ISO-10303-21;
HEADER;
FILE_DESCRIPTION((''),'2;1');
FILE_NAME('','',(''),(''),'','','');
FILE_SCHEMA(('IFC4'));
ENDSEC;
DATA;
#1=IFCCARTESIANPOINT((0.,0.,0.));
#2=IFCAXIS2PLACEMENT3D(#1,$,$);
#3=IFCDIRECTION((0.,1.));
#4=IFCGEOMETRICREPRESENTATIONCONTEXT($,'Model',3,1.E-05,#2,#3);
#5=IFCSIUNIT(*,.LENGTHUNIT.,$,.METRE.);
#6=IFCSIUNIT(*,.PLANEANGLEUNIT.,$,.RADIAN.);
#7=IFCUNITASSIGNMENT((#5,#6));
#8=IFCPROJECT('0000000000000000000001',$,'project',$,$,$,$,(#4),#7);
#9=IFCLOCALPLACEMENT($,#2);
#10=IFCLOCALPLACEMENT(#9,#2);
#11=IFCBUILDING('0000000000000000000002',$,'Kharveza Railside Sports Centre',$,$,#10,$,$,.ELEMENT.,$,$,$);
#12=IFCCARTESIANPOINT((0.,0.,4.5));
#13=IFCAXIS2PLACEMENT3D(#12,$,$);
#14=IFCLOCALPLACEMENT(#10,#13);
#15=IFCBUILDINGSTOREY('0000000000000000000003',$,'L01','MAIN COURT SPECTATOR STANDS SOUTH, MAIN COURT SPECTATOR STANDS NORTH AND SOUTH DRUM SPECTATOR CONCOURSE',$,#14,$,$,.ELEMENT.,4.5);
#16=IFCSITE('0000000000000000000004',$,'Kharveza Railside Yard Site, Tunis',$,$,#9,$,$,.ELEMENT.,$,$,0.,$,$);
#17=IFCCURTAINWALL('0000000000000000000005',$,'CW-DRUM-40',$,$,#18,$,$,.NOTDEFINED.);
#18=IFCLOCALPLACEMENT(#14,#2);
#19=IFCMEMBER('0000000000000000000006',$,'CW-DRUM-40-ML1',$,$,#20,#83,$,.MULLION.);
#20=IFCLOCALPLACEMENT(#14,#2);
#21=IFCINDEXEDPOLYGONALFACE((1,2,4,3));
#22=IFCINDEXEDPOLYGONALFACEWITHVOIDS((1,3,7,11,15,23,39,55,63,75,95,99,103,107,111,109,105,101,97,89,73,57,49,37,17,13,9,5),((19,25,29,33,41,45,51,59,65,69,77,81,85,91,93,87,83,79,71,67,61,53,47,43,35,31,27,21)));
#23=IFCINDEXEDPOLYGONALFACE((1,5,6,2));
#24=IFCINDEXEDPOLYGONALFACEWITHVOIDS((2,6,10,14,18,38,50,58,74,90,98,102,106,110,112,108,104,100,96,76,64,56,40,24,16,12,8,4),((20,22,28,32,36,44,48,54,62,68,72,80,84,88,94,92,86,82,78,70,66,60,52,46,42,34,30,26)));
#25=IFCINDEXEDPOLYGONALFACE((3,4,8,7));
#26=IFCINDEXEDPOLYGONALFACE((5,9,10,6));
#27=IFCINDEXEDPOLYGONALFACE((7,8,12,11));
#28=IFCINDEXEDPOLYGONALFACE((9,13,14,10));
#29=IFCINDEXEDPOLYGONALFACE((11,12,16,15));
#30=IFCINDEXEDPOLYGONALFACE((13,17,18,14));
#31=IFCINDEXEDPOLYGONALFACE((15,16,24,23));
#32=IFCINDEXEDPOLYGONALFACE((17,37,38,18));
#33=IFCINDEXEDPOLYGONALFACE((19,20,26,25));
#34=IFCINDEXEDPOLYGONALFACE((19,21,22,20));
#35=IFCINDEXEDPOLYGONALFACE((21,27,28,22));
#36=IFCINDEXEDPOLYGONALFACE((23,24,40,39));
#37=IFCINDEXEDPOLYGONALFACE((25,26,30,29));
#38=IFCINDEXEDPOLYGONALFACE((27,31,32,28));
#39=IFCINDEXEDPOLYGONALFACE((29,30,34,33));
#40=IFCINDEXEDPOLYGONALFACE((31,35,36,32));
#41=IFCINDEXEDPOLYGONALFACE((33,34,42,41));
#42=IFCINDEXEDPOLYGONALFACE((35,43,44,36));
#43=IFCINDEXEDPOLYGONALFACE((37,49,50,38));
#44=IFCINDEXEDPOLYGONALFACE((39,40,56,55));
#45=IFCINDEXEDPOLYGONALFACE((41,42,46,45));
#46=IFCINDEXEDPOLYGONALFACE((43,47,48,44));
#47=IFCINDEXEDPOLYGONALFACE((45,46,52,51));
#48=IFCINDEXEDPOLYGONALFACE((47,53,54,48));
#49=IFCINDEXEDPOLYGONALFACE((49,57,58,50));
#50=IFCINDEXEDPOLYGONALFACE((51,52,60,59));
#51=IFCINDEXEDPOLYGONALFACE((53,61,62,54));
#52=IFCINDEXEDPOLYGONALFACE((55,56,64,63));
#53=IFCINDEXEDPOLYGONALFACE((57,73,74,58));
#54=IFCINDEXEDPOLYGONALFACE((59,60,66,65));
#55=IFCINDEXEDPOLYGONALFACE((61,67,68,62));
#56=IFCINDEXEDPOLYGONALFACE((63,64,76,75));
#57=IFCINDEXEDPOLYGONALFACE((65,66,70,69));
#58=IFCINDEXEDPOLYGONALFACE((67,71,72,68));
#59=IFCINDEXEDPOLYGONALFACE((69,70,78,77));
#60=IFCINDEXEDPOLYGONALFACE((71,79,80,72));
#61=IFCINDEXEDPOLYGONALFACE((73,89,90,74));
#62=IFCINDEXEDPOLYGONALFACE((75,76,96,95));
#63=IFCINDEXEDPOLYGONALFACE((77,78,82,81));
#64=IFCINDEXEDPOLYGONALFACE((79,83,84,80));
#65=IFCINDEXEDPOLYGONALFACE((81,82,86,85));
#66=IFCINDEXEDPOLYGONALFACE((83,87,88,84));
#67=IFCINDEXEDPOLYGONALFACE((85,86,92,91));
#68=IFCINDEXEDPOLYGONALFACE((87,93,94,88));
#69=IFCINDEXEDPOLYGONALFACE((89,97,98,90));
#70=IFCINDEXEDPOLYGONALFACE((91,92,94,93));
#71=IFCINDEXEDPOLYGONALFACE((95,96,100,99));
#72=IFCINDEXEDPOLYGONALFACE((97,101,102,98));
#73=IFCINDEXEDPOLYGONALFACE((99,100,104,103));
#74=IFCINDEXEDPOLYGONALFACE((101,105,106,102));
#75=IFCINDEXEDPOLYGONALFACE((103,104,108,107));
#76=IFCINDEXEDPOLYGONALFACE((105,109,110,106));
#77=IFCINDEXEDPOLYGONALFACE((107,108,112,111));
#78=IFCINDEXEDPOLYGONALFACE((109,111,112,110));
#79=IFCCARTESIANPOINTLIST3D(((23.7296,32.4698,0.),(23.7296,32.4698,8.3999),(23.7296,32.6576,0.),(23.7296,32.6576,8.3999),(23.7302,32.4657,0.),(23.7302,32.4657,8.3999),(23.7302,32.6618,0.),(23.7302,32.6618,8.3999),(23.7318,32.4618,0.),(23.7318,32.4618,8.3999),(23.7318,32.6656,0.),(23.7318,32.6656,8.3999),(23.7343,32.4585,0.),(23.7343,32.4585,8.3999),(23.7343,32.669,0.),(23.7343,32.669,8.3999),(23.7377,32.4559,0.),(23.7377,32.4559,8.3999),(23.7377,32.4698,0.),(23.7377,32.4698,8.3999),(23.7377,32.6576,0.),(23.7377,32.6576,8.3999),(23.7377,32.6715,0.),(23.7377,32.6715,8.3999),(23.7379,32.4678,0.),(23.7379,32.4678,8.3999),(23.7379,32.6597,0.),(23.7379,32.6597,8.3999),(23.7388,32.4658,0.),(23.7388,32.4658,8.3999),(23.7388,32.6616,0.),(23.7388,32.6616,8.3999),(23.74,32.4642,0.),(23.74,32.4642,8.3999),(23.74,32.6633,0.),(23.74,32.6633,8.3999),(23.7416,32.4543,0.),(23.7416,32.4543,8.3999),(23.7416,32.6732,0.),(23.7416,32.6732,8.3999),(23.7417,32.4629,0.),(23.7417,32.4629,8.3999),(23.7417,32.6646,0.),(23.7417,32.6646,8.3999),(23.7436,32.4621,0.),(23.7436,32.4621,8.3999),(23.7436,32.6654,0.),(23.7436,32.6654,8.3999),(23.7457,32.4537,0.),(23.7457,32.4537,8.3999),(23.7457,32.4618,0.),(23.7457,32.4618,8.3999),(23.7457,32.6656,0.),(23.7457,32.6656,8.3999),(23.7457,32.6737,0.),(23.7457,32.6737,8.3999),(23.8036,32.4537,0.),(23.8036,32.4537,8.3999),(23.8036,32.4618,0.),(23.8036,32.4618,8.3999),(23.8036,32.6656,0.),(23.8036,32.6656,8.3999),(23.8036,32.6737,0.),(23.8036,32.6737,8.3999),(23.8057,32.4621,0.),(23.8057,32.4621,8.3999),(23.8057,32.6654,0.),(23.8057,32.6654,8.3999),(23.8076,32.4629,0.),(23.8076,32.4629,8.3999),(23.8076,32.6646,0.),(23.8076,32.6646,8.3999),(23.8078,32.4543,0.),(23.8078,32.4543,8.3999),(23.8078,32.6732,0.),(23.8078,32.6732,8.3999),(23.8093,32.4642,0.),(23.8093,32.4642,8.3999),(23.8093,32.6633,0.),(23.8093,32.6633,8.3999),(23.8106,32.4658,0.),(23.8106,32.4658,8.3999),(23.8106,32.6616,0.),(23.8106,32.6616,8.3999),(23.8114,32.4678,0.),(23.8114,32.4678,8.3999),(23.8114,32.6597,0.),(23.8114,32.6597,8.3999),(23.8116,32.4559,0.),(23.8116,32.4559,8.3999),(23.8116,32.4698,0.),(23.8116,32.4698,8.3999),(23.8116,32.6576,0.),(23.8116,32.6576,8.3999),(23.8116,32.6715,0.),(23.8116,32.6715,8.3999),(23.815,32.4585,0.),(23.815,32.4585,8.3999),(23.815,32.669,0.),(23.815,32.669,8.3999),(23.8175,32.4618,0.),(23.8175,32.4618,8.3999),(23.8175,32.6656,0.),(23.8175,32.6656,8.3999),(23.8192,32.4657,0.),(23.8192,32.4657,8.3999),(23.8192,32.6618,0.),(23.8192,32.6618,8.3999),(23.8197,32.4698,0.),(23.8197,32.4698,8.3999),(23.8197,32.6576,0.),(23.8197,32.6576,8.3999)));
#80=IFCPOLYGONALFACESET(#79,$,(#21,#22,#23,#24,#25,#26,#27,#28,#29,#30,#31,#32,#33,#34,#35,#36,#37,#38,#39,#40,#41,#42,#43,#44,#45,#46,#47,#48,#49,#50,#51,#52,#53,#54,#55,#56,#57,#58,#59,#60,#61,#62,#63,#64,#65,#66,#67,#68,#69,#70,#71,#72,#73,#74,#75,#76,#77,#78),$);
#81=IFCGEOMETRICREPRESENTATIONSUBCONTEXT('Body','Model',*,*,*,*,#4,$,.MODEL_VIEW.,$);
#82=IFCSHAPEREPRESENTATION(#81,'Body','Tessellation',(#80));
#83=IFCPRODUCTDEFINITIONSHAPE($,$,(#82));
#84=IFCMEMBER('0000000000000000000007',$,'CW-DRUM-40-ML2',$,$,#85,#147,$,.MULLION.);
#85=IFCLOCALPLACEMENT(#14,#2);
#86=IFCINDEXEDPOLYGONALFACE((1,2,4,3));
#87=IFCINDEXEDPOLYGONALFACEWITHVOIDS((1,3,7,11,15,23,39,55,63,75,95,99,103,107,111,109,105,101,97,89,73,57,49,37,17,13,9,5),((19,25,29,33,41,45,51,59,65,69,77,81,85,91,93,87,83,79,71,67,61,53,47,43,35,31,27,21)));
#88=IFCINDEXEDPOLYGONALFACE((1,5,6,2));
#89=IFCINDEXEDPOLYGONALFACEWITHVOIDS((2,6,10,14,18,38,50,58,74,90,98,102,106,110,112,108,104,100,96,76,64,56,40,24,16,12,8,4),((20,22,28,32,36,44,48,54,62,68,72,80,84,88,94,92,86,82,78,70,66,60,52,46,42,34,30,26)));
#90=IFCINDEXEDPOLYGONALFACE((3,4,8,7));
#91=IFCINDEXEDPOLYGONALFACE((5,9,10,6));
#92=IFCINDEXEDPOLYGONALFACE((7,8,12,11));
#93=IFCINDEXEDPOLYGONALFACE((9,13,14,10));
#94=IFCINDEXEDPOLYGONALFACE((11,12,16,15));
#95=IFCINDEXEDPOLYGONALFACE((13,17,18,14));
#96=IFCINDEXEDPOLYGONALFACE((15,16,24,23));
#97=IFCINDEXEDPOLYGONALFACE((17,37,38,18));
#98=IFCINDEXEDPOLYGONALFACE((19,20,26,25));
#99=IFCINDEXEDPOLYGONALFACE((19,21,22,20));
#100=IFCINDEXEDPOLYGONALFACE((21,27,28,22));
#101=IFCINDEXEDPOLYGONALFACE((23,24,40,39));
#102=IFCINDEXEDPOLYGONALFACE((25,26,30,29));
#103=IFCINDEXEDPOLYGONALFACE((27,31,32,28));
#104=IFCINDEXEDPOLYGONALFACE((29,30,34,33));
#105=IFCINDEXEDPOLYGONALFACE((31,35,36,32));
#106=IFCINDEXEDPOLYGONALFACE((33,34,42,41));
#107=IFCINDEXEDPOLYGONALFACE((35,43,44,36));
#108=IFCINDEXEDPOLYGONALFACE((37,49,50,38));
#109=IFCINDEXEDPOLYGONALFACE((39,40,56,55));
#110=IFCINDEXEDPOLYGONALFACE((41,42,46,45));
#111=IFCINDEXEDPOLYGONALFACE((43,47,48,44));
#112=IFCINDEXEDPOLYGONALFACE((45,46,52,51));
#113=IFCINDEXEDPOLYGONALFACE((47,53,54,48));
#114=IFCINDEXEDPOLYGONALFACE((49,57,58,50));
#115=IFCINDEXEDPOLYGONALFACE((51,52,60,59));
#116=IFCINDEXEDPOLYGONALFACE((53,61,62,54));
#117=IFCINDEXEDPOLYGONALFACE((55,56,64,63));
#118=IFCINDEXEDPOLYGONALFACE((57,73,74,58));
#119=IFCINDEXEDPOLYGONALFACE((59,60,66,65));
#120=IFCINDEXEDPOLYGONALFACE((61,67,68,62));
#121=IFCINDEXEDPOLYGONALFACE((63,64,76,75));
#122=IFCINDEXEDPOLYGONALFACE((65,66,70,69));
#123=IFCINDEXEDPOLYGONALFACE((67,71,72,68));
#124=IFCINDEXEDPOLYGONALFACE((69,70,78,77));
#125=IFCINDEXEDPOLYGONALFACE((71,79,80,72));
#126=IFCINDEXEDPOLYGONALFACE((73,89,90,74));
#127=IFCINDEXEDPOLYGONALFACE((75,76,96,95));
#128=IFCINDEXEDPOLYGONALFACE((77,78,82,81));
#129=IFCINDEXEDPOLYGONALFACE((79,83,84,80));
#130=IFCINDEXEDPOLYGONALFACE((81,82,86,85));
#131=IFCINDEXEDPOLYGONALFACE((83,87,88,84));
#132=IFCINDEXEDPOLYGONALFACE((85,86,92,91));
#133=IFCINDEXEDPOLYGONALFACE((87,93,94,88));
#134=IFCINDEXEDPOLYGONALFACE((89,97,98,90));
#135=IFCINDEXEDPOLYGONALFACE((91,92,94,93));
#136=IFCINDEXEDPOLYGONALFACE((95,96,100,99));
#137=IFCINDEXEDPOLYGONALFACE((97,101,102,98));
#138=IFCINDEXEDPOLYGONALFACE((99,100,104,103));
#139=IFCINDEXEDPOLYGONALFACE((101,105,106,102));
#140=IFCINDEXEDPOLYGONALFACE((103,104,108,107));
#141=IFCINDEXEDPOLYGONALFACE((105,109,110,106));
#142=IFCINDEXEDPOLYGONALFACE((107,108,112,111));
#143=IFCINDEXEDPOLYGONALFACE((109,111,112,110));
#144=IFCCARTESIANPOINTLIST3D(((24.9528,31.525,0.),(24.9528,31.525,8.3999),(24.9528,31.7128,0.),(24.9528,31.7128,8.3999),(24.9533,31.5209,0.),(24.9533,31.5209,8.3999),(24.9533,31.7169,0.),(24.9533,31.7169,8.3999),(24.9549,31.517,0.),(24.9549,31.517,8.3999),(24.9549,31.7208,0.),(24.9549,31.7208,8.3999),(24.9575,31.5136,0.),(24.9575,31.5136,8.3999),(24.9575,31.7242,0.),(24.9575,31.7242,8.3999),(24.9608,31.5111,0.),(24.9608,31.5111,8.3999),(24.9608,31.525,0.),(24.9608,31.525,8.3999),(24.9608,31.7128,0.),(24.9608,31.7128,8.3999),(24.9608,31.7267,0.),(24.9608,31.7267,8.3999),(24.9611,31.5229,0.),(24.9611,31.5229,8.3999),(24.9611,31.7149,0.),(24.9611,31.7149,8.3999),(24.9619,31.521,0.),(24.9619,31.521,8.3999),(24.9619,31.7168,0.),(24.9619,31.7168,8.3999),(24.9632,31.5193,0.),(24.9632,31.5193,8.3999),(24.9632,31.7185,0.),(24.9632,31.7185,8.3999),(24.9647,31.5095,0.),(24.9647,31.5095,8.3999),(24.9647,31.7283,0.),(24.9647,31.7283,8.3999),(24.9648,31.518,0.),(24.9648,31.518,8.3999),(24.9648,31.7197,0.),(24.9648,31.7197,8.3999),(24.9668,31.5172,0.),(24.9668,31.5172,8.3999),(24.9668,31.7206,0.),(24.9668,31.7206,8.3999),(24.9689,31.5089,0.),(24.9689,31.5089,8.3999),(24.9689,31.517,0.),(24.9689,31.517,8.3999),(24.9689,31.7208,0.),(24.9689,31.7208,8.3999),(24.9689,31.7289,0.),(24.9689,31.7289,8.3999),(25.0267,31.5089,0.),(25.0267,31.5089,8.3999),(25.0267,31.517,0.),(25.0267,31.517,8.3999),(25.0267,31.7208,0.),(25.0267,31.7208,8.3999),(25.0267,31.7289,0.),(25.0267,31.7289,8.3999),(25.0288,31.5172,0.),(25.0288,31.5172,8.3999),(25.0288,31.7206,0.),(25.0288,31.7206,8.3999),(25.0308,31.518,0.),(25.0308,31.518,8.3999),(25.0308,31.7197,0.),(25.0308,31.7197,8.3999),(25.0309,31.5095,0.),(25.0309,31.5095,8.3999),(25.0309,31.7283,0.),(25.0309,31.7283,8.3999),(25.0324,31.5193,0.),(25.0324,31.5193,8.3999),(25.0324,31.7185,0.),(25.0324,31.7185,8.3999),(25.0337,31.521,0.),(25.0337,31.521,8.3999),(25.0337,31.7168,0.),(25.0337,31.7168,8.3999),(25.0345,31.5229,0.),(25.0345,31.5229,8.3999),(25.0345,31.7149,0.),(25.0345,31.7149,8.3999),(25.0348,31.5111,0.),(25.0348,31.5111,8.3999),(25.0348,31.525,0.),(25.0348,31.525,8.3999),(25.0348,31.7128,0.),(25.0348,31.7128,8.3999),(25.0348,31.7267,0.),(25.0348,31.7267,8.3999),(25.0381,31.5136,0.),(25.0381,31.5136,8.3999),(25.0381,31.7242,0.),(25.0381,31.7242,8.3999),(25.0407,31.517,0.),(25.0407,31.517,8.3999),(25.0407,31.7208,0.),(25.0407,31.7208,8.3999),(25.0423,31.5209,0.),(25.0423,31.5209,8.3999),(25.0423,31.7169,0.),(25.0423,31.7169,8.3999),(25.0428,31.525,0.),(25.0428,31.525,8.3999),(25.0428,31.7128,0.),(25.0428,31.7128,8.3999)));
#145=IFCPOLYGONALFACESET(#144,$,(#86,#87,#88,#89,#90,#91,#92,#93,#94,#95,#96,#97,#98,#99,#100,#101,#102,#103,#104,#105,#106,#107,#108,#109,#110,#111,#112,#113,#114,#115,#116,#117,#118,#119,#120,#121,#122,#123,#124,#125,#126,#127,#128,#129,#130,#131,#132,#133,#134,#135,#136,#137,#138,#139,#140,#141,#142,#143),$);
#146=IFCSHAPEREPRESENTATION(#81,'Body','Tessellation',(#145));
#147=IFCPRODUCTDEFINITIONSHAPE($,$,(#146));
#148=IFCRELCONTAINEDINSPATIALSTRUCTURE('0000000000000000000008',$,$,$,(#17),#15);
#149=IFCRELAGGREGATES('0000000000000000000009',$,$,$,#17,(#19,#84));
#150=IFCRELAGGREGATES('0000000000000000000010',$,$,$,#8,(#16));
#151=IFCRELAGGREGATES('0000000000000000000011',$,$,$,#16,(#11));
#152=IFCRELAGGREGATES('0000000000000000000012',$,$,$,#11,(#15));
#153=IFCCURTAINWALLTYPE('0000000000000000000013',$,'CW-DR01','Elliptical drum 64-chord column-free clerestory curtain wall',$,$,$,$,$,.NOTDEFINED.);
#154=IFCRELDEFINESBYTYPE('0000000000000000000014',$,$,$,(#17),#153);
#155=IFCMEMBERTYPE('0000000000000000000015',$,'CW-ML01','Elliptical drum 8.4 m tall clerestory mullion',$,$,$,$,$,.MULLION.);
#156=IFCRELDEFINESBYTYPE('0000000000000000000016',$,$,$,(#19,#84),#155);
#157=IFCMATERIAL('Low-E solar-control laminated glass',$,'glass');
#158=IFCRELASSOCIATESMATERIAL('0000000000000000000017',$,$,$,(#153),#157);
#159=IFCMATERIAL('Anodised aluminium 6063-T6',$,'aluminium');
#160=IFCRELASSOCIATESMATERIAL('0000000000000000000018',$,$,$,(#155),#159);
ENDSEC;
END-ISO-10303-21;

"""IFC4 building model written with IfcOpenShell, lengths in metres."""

from ifc_helpers import new_model, si_unit, direction, frame, origin, origin_2d, place, context, subcontext, project, spatial, hollow_rectangle, extrude, material, material_profile, profile_set, type_object, element, aggregate, save


model = new_model("IFC4")

# Units and contexts
model_context = context("Model", 3, precision=1e-05, world=origin(), true_north=direction((0.0, 1.0)))
body_context = subcontext(model_context, "Body", "Model", "MODEL_VIEW")
ifc_project = project(units=[si_unit("LENGTHUNIT", "METRE"), si_unit("PLANEANGLEUNIT", "RADIAN")], contexts=[model_context])

# Site, building, storey
site_placement = place(None, origin())
site = spatial("IfcSite", under=ifc_project, at=site_placement, Name="Kharveza Railside Yard Site, Tunis", CompositionType="ELEMENT", RefElevation=0.0)
building_placement = place(site_placement, origin())
building = spatial("IfcBuilding", under=site, at=building_placement, Name="Kharveza Railside Sports Centre", CompositionType="ELEMENT")
storey_placement = place(building_placement, frame((0.0, 0.0, 4.5)))
storey = spatial("IfcBuildingStorey", under=building, at=storey_placement, Name="L01", Description="MAIN COURT SPECTATOR STANDS SOUTH, MAIN COURT SPECTATOR STANDS NORTH AND SOUTH DRUM SPECTATOR CONCOURSE", CompositionType="ELEMENT", Elevation=4.5)

# Curtain wall, members
ifc_material_1 = material(Name="Low-E solar-control laminated glass", Category="glass")
curtain_wall_type = type_object("IfcCurtainWallType", Name="CW-DR01", Description="Elliptical drum 64-chord column-free clerestory curtain wall", PredefinedType="NOTDEFINED", material=ifc_material_1)
ifc_material_2 = material(Name="Anodised aluminium 6063-T6", Category="aluminium")
ifc_material_profile_1 = material_profile(ifc_material_2, hollow_rectangle(XDim=0.0901, YDim=0.22, WallThickness=0.0081, InnerFilletRadius=0.0081, OuterFilletRadius=0.0161, at=origin_2d()), Name="RHS 90x220x8.0")
ifc_profile_set_1 = profile_set([ifc_material_profile_1], Name="Anodised aluminium 6063-T6")
member_type_1 = type_object("IfcMemberType", Name="CW-ML01", Description="Elliptical drum 8.4 m tall clerestory mullion", PredefinedType="MULLION", material=ifc_profile_set_1)
curtain_wall_1_placement = place(storey_placement, origin())
curtain_wall_1 = element("IfcCurtainWall", 1, at=curtain_wall_1_placement, inside=storey, type_object=curtain_wall_type, Name="CW-DRUM-40", PredefinedType="NOTDEFINED")
member_1_placement = place(storey_placement, frame((23.7747, 32.5637, 0.0), z_axis=(0.0, 0.0, 1.0), x_axis=(1.0, 0.0, 0.0)))
member_1 = element("IfcMember", 2, at=member_1_placement, type_object=member_type_1, Name="CW-DRUM-40-ML1", PredefinedType="MULLION", context=body_context, shape_type="SweptSolid", body=[
    extrude(hollow_rectangle(XDim=0.0901, YDim=0.22, WallThickness=0.0081, InnerFilletRadius=0.0081, OuterFilletRadius=0.0161, at=origin_2d()), origin(), (0.0, 0.0, 1.0), 8.3999),
])
member_2_placement = place(storey_placement, frame((24.9978, 31.6189, 0.0), z_axis=(0.0, 0.0, 1.0), x_axis=(1.0, 0.0, 0.0)))
member_2 = element("IfcMember", 3, at=member_2_placement, type_object=member_type_1, Name="CW-DRUM-40-ML2", PredefinedType="MULLION", context=body_context, shape_type="SweptSolid", body=[
    extrude(hollow_rectangle(XDim=0.0901, YDim=0.22, WallThickness=0.0081, InnerFilletRadius=0.0081, OuterFilletRadius=0.0161, at=origin_2d()), origin(), (0.0, 0.0, 1.0), 8.3999),
])

aggregate(curtain_wall_1, [member_1, member_2])

save(model, "model.ifc")
